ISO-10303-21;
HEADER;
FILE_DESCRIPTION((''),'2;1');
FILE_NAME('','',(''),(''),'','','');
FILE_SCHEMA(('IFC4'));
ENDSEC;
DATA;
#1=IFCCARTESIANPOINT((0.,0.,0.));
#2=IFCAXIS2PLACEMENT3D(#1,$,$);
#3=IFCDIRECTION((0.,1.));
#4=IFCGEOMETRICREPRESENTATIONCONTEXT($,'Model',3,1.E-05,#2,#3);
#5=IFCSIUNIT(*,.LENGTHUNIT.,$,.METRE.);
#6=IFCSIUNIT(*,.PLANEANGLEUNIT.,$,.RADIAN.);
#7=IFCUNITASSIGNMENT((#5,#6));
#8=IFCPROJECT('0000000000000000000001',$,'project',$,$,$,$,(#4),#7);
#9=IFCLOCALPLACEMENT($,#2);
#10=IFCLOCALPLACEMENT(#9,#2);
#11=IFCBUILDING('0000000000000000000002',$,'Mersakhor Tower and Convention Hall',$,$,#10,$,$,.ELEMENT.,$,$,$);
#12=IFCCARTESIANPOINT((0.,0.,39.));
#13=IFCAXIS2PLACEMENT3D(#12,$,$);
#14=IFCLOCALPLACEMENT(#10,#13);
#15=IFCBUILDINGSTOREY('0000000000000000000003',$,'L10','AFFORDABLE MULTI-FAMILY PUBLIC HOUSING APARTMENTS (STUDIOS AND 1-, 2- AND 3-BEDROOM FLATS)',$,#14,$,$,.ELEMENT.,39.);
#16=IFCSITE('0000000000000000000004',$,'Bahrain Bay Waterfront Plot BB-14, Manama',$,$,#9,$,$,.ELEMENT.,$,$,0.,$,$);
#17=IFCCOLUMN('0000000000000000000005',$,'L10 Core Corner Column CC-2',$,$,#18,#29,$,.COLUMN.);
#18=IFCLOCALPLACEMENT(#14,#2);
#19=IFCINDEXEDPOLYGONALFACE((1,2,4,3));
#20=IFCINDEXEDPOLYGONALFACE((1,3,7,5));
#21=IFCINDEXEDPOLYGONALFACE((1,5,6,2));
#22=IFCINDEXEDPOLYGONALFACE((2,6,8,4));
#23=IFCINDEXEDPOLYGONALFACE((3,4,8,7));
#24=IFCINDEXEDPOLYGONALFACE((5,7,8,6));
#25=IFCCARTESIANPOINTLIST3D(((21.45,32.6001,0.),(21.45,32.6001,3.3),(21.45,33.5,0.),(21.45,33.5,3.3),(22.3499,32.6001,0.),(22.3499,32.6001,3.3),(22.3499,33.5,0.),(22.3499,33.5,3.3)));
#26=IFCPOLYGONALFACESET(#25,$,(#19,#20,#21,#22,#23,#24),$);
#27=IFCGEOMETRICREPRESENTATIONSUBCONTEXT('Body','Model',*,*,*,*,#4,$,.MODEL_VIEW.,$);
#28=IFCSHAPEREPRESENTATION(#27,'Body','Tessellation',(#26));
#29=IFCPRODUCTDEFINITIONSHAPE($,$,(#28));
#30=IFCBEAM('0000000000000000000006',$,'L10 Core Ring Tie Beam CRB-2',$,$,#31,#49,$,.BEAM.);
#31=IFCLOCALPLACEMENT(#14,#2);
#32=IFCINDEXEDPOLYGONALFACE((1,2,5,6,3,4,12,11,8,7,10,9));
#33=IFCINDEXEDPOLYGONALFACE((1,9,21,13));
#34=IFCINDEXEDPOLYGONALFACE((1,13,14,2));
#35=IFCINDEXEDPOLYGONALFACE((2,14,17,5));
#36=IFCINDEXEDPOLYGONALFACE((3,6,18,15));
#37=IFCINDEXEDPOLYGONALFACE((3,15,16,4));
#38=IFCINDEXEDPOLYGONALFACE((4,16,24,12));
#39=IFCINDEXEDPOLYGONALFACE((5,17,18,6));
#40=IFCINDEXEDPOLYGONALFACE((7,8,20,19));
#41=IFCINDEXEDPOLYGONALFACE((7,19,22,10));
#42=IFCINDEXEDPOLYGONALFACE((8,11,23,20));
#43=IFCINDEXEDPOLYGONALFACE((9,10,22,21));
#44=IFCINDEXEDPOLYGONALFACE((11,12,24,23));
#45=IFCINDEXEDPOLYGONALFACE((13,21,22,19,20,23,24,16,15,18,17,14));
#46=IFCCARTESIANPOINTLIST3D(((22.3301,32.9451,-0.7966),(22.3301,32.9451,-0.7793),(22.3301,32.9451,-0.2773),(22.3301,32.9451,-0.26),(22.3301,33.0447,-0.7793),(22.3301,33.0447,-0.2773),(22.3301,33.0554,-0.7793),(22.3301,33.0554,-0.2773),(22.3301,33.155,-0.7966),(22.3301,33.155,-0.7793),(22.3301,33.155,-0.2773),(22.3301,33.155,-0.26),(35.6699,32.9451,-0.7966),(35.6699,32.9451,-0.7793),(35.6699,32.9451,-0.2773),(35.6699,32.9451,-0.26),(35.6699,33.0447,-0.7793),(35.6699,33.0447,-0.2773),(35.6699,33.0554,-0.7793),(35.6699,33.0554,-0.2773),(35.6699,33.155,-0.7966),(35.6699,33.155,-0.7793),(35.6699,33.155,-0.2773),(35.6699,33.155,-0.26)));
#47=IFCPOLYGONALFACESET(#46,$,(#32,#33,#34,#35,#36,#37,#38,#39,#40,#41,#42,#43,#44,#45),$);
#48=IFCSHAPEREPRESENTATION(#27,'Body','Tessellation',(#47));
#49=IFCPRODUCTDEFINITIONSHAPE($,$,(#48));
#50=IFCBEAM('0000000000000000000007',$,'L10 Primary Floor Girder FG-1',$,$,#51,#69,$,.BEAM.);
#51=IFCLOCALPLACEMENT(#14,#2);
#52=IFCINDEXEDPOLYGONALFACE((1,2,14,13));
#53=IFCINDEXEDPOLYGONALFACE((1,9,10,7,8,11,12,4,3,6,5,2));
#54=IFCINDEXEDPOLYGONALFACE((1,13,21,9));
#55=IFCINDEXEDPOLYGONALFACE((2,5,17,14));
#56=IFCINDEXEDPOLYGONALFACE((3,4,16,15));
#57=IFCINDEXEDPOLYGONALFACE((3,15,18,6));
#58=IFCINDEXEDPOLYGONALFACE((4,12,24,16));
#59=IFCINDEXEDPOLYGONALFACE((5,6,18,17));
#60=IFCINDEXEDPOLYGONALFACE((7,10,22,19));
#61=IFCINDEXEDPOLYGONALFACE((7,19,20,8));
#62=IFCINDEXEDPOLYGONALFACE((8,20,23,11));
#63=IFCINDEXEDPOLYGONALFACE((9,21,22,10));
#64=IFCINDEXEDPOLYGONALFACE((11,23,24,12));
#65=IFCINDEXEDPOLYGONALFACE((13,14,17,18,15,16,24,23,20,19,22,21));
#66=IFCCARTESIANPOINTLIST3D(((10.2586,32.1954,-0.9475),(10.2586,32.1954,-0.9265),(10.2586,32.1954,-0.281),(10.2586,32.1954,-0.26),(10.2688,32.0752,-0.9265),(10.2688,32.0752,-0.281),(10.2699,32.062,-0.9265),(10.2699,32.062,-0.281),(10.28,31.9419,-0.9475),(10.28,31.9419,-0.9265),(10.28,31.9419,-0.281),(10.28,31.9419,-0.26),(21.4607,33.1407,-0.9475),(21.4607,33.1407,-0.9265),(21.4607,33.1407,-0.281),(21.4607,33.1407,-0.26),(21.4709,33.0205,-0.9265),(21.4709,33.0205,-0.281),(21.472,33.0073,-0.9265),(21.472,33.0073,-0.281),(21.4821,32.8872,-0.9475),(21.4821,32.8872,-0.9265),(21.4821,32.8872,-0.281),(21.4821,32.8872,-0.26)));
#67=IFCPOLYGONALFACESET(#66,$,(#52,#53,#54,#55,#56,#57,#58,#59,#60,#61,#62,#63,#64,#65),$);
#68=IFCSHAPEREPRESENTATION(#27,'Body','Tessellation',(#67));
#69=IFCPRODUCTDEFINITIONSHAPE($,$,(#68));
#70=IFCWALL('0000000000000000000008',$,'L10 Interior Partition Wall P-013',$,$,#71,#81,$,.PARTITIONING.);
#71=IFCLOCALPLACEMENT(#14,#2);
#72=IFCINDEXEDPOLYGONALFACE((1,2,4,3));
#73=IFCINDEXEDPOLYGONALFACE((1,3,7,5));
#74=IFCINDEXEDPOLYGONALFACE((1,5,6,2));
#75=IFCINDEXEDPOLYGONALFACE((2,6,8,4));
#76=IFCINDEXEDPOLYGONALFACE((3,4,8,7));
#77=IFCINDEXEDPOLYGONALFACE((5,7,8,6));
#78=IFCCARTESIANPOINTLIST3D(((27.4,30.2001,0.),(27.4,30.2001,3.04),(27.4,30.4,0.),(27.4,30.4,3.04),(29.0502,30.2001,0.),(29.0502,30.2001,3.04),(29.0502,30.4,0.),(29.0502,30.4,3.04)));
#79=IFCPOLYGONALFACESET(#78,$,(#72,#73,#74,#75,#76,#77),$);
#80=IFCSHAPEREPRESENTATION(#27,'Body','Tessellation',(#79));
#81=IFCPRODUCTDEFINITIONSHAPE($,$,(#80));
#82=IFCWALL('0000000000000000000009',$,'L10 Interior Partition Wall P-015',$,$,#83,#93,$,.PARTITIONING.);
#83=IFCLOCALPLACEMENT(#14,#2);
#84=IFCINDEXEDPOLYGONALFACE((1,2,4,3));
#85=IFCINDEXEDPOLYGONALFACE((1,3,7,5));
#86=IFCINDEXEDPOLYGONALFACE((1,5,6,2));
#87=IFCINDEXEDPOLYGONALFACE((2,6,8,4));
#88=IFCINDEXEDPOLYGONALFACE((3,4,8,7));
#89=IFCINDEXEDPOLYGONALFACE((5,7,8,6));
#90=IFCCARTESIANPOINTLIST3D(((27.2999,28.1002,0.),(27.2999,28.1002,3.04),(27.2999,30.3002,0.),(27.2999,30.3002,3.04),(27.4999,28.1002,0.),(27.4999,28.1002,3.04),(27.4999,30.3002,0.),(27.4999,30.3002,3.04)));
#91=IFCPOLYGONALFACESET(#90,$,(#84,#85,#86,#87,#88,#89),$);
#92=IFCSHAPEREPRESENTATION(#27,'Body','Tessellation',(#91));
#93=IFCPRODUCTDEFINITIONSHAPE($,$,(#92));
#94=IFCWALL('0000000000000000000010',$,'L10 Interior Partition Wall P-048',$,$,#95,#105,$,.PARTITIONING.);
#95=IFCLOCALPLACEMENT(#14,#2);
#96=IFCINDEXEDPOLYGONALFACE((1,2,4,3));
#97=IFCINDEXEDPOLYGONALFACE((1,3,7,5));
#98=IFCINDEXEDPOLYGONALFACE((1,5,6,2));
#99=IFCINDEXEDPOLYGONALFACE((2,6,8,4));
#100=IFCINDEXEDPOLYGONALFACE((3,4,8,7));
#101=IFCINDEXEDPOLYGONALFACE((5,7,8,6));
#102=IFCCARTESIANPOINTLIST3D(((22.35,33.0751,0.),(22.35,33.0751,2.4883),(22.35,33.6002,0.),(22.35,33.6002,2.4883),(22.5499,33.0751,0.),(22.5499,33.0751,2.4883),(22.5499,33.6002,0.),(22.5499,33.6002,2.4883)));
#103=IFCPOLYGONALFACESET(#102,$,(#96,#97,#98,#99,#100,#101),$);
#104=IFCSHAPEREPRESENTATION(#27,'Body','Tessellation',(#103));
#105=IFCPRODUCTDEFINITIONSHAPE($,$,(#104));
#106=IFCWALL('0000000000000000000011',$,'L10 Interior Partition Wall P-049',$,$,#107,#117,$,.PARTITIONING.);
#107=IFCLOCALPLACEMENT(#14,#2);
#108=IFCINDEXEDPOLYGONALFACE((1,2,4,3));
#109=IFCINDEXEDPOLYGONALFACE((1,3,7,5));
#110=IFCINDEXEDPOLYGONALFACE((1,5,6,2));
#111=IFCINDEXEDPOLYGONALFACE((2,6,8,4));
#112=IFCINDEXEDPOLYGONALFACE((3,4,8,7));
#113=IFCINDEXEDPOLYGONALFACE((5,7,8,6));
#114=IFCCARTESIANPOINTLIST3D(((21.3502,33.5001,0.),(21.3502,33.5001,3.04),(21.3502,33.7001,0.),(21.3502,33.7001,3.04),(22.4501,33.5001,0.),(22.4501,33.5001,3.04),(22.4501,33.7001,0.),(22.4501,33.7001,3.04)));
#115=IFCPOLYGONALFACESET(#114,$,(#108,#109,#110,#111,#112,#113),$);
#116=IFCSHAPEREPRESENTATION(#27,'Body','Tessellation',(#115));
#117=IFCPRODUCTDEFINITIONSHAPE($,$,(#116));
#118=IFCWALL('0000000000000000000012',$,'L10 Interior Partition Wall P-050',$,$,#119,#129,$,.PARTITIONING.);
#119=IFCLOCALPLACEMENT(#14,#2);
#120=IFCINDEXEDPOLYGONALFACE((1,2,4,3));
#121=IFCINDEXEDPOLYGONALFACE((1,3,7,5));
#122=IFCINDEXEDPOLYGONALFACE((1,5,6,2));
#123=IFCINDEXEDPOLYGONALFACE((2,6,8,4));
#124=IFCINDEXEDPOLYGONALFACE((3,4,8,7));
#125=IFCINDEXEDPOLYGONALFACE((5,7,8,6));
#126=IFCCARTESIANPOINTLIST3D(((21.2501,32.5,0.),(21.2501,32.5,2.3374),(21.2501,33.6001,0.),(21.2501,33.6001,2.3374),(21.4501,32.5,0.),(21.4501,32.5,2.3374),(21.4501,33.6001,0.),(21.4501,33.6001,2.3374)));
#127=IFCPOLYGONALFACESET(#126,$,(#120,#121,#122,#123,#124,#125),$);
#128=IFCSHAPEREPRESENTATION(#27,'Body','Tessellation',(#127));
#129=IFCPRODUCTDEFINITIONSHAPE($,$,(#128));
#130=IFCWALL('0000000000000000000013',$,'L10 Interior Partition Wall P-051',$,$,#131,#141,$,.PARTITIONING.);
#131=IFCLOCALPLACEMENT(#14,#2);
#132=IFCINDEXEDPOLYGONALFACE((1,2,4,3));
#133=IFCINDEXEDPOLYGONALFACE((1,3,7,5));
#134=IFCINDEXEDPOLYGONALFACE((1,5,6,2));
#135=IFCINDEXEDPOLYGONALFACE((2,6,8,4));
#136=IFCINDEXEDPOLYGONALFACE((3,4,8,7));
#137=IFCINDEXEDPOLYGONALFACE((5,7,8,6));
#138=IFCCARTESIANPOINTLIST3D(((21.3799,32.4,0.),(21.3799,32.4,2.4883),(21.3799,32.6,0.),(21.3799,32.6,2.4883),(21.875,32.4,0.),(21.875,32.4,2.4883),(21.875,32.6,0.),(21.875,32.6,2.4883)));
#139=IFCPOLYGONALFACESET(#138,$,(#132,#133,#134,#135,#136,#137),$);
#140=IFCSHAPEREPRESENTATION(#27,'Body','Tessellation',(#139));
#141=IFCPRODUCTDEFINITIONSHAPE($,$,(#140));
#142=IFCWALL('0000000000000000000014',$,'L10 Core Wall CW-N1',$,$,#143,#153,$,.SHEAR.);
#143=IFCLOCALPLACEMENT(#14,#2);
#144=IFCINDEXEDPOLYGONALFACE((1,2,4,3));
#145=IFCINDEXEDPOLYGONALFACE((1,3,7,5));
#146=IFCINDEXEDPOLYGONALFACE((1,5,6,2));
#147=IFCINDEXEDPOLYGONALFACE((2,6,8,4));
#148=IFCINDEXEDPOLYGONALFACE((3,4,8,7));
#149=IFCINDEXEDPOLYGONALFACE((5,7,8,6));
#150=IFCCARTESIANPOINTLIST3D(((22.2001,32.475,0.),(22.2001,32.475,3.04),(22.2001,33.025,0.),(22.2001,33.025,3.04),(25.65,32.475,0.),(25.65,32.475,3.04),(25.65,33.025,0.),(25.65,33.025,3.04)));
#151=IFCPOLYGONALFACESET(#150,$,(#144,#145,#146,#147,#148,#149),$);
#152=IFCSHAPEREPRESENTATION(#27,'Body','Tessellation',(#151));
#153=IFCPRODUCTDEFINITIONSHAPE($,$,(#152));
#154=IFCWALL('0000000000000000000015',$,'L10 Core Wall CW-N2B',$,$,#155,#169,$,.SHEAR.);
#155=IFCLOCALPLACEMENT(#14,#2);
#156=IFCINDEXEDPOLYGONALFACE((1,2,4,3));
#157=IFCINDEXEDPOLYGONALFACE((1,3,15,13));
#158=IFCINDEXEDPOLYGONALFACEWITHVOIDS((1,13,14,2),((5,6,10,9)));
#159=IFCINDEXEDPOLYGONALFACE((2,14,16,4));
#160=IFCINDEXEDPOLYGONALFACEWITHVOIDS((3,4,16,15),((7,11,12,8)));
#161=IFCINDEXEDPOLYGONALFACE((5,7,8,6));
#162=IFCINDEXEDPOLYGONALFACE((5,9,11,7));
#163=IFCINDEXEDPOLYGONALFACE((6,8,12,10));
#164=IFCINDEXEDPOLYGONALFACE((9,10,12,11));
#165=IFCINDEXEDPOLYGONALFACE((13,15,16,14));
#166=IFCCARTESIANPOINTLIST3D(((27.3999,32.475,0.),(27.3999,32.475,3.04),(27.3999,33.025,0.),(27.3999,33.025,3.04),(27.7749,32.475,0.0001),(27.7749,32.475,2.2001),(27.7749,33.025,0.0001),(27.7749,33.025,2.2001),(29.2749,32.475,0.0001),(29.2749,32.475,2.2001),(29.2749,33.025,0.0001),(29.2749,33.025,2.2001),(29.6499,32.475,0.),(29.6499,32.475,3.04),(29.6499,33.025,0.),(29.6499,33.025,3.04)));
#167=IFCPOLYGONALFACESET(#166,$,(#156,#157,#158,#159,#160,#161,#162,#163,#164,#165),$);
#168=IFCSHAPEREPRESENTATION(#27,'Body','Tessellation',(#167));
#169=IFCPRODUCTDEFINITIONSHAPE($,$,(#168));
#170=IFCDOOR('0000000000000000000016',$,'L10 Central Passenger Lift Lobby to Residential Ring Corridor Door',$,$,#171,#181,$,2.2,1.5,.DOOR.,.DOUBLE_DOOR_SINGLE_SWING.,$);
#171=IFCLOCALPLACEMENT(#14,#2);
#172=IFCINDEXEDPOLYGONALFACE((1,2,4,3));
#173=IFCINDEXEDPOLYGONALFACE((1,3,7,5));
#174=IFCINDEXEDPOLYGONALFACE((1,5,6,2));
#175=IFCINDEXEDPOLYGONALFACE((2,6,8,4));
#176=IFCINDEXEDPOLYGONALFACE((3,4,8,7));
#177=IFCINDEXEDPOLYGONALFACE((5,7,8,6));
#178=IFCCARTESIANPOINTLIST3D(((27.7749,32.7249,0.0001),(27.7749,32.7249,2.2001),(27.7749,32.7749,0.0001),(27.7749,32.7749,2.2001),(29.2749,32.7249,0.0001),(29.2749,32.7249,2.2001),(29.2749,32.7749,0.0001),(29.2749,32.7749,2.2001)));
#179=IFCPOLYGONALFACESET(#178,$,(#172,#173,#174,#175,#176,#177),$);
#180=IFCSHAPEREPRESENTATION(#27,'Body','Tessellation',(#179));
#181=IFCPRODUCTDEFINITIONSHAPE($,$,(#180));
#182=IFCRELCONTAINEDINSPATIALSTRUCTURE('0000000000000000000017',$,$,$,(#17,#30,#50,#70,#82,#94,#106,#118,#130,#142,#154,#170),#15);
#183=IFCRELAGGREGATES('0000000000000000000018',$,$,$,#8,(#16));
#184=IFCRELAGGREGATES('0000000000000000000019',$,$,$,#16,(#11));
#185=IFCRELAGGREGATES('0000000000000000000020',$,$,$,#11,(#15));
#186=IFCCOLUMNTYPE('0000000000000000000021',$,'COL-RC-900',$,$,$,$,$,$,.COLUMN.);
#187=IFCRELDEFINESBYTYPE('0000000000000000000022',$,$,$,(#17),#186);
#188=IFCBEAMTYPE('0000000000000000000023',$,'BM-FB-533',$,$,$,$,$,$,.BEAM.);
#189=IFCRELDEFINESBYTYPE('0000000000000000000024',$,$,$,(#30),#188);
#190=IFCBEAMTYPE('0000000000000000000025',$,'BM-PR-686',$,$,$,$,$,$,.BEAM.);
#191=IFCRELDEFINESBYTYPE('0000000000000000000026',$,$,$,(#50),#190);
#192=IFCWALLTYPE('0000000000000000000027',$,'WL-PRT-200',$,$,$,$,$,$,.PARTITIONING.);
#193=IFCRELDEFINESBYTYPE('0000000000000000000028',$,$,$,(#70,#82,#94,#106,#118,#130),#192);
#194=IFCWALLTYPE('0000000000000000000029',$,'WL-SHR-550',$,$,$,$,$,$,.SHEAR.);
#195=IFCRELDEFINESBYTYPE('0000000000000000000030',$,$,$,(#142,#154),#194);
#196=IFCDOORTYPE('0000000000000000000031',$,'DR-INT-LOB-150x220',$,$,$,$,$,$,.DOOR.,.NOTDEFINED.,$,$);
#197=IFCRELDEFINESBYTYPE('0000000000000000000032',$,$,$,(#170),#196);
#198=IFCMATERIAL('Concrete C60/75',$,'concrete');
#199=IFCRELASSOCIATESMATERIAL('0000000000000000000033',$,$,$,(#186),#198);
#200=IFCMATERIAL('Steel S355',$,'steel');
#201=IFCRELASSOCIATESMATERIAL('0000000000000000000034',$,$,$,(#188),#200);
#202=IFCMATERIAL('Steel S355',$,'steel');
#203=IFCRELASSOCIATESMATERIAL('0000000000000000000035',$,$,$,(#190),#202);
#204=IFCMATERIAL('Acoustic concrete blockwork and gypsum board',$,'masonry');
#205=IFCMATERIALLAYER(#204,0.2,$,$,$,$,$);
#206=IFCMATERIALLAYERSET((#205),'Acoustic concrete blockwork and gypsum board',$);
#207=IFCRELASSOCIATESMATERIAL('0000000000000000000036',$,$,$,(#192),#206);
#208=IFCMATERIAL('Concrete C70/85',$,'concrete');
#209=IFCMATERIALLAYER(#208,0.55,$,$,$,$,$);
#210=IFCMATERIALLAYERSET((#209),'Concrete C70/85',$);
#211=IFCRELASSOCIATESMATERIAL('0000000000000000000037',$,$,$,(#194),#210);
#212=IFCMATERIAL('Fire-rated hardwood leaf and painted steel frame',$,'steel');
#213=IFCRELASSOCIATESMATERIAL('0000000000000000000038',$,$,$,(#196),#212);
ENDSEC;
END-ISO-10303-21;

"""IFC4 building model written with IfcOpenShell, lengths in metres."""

from ifc_helpers import new_model, si_unit, direction, frame, frame_2d, origin, origin_2d, place, context, subcontext, project, spatial, rectangle, i_section, extrude, material, layer, layer_set, material_profile, profile_set, type_object, element, fill, save


model = new_model("IFC4")

# Units and contexts
model_context = context("Model", 3, precision=1e-05, world=origin(), true_north=direction((0.0, 1.0)))
body_context = subcontext(model_context, "Body", "Model", "MODEL_VIEW")
ifc_project = project(units=[si_unit("LENGTHUNIT", "METRE"), si_unit("PLANEANGLEUNIT", "RADIAN")], contexts=[model_context])

# Site, building, storey
site_placement = place(None, origin())
site = spatial("IfcSite", under=ifc_project, at=site_placement, Name="Bahrain Bay Waterfront Plot BB-14, Manama", CompositionType="ELEMENT", RefElevation=0.0)
building_placement = place(site_placement, origin())
building = spatial("IfcBuilding", under=site, at=building_placement, Name="Mersakhor Tower and Convention Hall", CompositionType="ELEMENT")
storey_placement = place(building_placement, frame((0.0, 0.0, 39.0)))
storey = spatial("IfcBuildingStorey", under=building, at=storey_placement, Name="L10", Description="AFFORDABLE MULTI-FAMILY PUBLIC HOUSING APARTMENTS (STUDIOS AND 1-, 2- AND 3-BEDROOM FLATS)", CompositionType="ELEMENT", Elevation=39.0)

# Column
ifc_material_1 = material(Name="Concrete C60/75", Category="concrete")
ifc_material_profile_1 = material_profile(ifc_material_1, rectangle(XDim=0.8999, YDim=0.8999, at=origin_2d()), Name="RC 900x900")
ifc_profile_set_1 = profile_set([ifc_material_profile_1], Name="Concrete C60/75")
column_type = type_object("IfcColumnType", Name="COL-RC-900", PredefinedType="COLUMN", material=ifc_profile_set_1)
column_placement = place(storey_placement, frame((21.8999, 33.05, 0.0), z_axis=(0.0, 0.0, 1.0), x_axis=(1.0, 0.0, 0.0)))
element("IfcColumn", 1, at=column_placement, inside=storey, type_object=column_type, Name="L10 Core Corner Column CC-2", PredefinedType="COLUMN", context=body_context, shape_type="SweptSolid", body=[
    extrude(rectangle(XDim=0.8999, YDim=0.8999, at=origin_2d()), origin(), (0.0, 0.0, 1.0), 3.3),
])

# Beams
ifc_material_2 = material(Name="Steel S355", Category="steel")
ifc_material_profile_2 = material_profile(ifc_material_2, i_section(OverallWidth=0.21, OverallDepth=0.5366, WebThickness=0.0107, FlangeThickness=0.0173, at=origin_2d()), Name="UB 533x210x101")
ifc_profile_set_2 = profile_set([ifc_material_profile_2], Name="Steel S355")
beam_type_1 = type_object("IfcBeamType", Name="BM-FB-533", PredefinedType="BEAM", material=ifc_profile_set_2)
beam_1_placement = place(storey_placement, frame((22.3301, 33.05, -0.5283), z_axis=(1.0, 0.0, 0.0), x_axis=(0.0, 1.0, 0.0)))
element("IfcBeam", 2, at=beam_1_placement, inside=storey, type_object=beam_type_1, Name="L10 Core Ring Tie Beam CRB-2", PredefinedType="BEAM", context=body_context, shape_type="SweptSolid", body=[
    extrude(i_section(OverallWidth=0.21, OverallDepth=0.5366, WebThickness=0.0107, FlangeThickness=0.0173, at=origin_2d()), origin(), (0.0, 0.0, 1.0), 13.3398),
])
ifc_material_3 = material(Name="Steel S355", Category="steel")
ifc_material_profile_3 = material_profile(ifc_material_3, i_section(OverallWidth=0.2544, OverallDepth=0.6875, WebThickness=0.0132, FlangeThickness=0.021, at=origin_2d()), Name="UB 686x254x152")
ifc_profile_set_3 = profile_set([ifc_material_profile_3], Name="Steel S355")
beam_type_2 = type_object("IfcBeamType", Name="BM-PR-686", PredefinedType="BEAM", material=ifc_profile_set_3)
beam_2_placement = place(storey_placement, frame((21.4714, 33.0139, -0.6038), z_axis=(-0.996458, -0.084088, 0.0), x_axis=(0.084088, -0.996458, 0.0)))
element("IfcBeam", 3, at=beam_2_placement, inside=storey, type_object=beam_type_2, Name="L10 Primary Floor Girder FG-1", PredefinedType="BEAM", context=body_context, shape_type="SweptSolid", body=[
    extrude(i_section(OverallWidth=0.2544, OverallDepth=0.6875, WebThickness=0.0132, FlangeThickness=0.021, at=origin_2d()), origin(), (0.0, 0.0, 1.0), 11.2419),
])

# Shared definitions
ifc_material_4 = material(Name="Acoustic concrete blockwork and gypsum board", Category="masonry")
ifc_layer_1 = layer(ifc_material_4, 0.2)
ifc_layer_set_1 = layer_set([ifc_layer_1], Name="Acoustic concrete blockwork and gypsum board")
wall_type_1 = type_object("IfcWallType", Name="WL-PRT-200", PredefinedType="PARTITIONING", material=ifc_layer_set_1)

# Walls
wall_1_placement = place(storey_placement, frame((27.3999, 30.3, 0.0), z_axis=(0.0, 0.0, 1.0), x_axis=(1.0, 0.0, 0.0)))
element("IfcWall", 4, at=wall_1_placement, inside=storey, type_object=wall_type_1, Name="L10 Interior Partition Wall P-013", PredefinedType="PARTITIONING", context=body_context, shape_type="SweptSolid", body=[
    extrude(rectangle(XDim=1.6501, YDim=0.2, at=frame_2d((0.8252, 0.0))), origin(), (0.0, 0.0, 1.0), 3.04),
])
wall_2_placement = place(storey_placement, frame((27.3999, 28.1001, 0.0), z_axis=(0.0, 0.0, 1.0), x_axis=(0.0, 1.0, 0.0)))
element("IfcWall", 5, at=wall_2_placement, inside=storey, type_object=wall_type_1, Name="L10 Interior Partition Wall P-015", PredefinedType="PARTITIONING", context=body_context, shape_type="SweptSolid", body=[
    extrude(rectangle(XDim=2.2, YDim=0.2, at=frame_2d((1.1001, 0.0))), origin(), (0.0, 0.0, 1.0), 3.04),
])
wall_3_placement = place(storey_placement, frame((22.45, 33.075, 0.0), z_axis=(0.0, 0.0, 1.0), x_axis=(0.0, 1.0, 0.0)))
element("IfcWall", 6, at=wall_3_placement, inside=storey, type_object=wall_type_1, Name="L10 Interior Partition Wall P-048", PredefinedType="PARTITIONING", context=body_context, shape_type="SweptSolid", body=[
    extrude(rectangle(XDim=0.5251, YDim=0.2, at=frame_2d((0.2627, 0.0))), origin(), (0.0, 0.0, 1.0), 2.4883),
])
wall_4_placement = place(storey_placement, frame((22.45, 33.6001, 0.0), z_axis=(0.0, 0.0, 1.0), x_axis=(-1.0, 0.0, 0.0)))
element("IfcWall", 7, at=wall_4_placement, inside=storey, type_object=wall_type_1, Name="L10 Interior Partition Wall P-049", PredefinedType="PARTITIONING", context=body_context, shape_type="SweptSolid", body=[
    extrude(rectangle(XDim=1.0999, YDim=0.2, at=frame_2d((0.5498, 0.0))), origin(), (0.0, 0.0, 1.0), 3.04),
])
wall_5_placement = place(storey_placement, frame((21.3501, 33.6001, 0.0), z_axis=(0.0, 0.0, 1.0), x_axis=(0.0, -1.0, 0.0)))
element("IfcWall", 8, at=wall_5_placement, inside=storey, type_object=wall_type_1, Name="L10 Interior Partition Wall P-050", PredefinedType="PARTITIONING", context=body_context, shape_type="SweptSolid", body=[
    extrude(rectangle(XDim=1.1001, YDim=0.2, at=frame_2d((0.55, 0.0))), origin(), (0.0, 0.0, 1.0), 2.3374),
])
wall_6_placement = place(storey_placement, frame((21.3799, 32.5, 0.0), z_axis=(0.0, 0.0, 1.0), x_axis=(1.0, 0.0, 0.0)))
element("IfcWall", 9, at=wall_6_placement, inside=storey, type_object=wall_type_1, Name="L10 Interior Partition Wall P-051", PredefinedType="PARTITIONING", context=body_context, shape_type="SweptSolid", body=[
    extrude(rectangle(XDim=0.4951, YDim=0.2, at=frame_2d((0.2476, 0.0))), origin(), (0.0, 0.0, 1.0), 2.4883),
])
ifc_material_5 = material(Name="Concrete C70/85", Category="concrete")
ifc_layer_2 = layer(ifc_material_5, 0.55)
ifc_layer_set_2 = layer_set([ifc_layer_2], Name="Concrete C70/85")
wall_type_2 = type_object("IfcWallType", Name="WL-SHR-550", PredefinedType="SHEAR", material=ifc_layer_set_2)
wall_7_placement = place(storey_placement, frame((22.2, 32.75, 0.0), z_axis=(0.0, 0.0, 1.0), x_axis=(1.0, 0.0, 0.0)))
element("IfcWall", 10, at=wall_7_placement, inside=storey, type_object=wall_type_2, Name="L10 Core Wall CW-N1", PredefinedType="SHEAR", context=body_context, shape_type="SweptSolid", body=[
    extrude(rectangle(XDim=3.45, YDim=0.55, at=frame_2d((1.7251, 0.0))), origin(), (0.0, 0.0, 1.0), 3.04),
])

# Wall, opening, door
wall_8_placement = place(storey_placement, frame((27.3999, 32.75, 0.0), z_axis=(0.0, 0.0, 1.0), x_axis=(1.0, 0.0, 0.0)))
wall_8 = element("IfcWall", 11, at=wall_8_placement, inside=storey, type_object=wall_type_2, Name="L10 Core Wall CW-N2B", PredefinedType="SHEAR", context=body_context, shape_type="SweptSolid", body=[
    extrude(rectangle(XDim=2.25, YDim=0.55, at=frame_2d((1.125, 0.0))), origin(), (0.0, 0.0, 1.0), 3.04),
])
opening_1_placement = place(wall_8_placement, frame((0.375, 0.0, 0.0)))
opening_1 = element("IfcOpeningElement", 12, at=opening_1_placement, cuts=wall_8, PredefinedType="OPENING", context=body_context, shape_type="SweptSolid", body=[
    extrude(rectangle(XDim=1.5, YDim=2.2, at=frame_2d((0.75, 1.1001))), frame((0.0, 0.2849, 0.0), z_axis=(0.0, -1.0, 0.0), x_axis=(1.0, 0.0, 0.0)), (0.0, 0.0, 1.0), 0.5701),
])
ifc_material_6 = material(Name="Fire-rated hardwood leaf and painted steel frame", Category="steel")
door_type_1 = type_object("IfcDoorType", Name="DR-INT-LOB-150x220", OperationType="NOTDEFINED", PredefinedType="DOOR", material=ifc_material_6)
door_1_placement = place(opening_1_placement, origin())
door_1 = element("IfcDoor", 13, at=door_1_placement, inside=storey, type_object=door_type_1, Name="L10 Central Passenger Lift Lobby to Residential Ring Corridor Door", OperationType="DOUBLE_DOOR_SINGLE_SWING", OverallHeight=2.2, OverallWidth=1.5, PredefinedType="DOOR", context=body_context, shape_type="SweptSolid", body=[
    extrude(rectangle(XDim=1.5, YDim=2.2, at=frame_2d((0.75, 1.1001))), frame((0.0, 0.0249, 0.0), z_axis=(0.0, -1.0, 0.0), x_axis=(1.0, 0.0, 0.0)), (0.0, 0.0, 1.0), 0.05),
])
fill(opening_1, door_1)

save(model, "model.ifc")
